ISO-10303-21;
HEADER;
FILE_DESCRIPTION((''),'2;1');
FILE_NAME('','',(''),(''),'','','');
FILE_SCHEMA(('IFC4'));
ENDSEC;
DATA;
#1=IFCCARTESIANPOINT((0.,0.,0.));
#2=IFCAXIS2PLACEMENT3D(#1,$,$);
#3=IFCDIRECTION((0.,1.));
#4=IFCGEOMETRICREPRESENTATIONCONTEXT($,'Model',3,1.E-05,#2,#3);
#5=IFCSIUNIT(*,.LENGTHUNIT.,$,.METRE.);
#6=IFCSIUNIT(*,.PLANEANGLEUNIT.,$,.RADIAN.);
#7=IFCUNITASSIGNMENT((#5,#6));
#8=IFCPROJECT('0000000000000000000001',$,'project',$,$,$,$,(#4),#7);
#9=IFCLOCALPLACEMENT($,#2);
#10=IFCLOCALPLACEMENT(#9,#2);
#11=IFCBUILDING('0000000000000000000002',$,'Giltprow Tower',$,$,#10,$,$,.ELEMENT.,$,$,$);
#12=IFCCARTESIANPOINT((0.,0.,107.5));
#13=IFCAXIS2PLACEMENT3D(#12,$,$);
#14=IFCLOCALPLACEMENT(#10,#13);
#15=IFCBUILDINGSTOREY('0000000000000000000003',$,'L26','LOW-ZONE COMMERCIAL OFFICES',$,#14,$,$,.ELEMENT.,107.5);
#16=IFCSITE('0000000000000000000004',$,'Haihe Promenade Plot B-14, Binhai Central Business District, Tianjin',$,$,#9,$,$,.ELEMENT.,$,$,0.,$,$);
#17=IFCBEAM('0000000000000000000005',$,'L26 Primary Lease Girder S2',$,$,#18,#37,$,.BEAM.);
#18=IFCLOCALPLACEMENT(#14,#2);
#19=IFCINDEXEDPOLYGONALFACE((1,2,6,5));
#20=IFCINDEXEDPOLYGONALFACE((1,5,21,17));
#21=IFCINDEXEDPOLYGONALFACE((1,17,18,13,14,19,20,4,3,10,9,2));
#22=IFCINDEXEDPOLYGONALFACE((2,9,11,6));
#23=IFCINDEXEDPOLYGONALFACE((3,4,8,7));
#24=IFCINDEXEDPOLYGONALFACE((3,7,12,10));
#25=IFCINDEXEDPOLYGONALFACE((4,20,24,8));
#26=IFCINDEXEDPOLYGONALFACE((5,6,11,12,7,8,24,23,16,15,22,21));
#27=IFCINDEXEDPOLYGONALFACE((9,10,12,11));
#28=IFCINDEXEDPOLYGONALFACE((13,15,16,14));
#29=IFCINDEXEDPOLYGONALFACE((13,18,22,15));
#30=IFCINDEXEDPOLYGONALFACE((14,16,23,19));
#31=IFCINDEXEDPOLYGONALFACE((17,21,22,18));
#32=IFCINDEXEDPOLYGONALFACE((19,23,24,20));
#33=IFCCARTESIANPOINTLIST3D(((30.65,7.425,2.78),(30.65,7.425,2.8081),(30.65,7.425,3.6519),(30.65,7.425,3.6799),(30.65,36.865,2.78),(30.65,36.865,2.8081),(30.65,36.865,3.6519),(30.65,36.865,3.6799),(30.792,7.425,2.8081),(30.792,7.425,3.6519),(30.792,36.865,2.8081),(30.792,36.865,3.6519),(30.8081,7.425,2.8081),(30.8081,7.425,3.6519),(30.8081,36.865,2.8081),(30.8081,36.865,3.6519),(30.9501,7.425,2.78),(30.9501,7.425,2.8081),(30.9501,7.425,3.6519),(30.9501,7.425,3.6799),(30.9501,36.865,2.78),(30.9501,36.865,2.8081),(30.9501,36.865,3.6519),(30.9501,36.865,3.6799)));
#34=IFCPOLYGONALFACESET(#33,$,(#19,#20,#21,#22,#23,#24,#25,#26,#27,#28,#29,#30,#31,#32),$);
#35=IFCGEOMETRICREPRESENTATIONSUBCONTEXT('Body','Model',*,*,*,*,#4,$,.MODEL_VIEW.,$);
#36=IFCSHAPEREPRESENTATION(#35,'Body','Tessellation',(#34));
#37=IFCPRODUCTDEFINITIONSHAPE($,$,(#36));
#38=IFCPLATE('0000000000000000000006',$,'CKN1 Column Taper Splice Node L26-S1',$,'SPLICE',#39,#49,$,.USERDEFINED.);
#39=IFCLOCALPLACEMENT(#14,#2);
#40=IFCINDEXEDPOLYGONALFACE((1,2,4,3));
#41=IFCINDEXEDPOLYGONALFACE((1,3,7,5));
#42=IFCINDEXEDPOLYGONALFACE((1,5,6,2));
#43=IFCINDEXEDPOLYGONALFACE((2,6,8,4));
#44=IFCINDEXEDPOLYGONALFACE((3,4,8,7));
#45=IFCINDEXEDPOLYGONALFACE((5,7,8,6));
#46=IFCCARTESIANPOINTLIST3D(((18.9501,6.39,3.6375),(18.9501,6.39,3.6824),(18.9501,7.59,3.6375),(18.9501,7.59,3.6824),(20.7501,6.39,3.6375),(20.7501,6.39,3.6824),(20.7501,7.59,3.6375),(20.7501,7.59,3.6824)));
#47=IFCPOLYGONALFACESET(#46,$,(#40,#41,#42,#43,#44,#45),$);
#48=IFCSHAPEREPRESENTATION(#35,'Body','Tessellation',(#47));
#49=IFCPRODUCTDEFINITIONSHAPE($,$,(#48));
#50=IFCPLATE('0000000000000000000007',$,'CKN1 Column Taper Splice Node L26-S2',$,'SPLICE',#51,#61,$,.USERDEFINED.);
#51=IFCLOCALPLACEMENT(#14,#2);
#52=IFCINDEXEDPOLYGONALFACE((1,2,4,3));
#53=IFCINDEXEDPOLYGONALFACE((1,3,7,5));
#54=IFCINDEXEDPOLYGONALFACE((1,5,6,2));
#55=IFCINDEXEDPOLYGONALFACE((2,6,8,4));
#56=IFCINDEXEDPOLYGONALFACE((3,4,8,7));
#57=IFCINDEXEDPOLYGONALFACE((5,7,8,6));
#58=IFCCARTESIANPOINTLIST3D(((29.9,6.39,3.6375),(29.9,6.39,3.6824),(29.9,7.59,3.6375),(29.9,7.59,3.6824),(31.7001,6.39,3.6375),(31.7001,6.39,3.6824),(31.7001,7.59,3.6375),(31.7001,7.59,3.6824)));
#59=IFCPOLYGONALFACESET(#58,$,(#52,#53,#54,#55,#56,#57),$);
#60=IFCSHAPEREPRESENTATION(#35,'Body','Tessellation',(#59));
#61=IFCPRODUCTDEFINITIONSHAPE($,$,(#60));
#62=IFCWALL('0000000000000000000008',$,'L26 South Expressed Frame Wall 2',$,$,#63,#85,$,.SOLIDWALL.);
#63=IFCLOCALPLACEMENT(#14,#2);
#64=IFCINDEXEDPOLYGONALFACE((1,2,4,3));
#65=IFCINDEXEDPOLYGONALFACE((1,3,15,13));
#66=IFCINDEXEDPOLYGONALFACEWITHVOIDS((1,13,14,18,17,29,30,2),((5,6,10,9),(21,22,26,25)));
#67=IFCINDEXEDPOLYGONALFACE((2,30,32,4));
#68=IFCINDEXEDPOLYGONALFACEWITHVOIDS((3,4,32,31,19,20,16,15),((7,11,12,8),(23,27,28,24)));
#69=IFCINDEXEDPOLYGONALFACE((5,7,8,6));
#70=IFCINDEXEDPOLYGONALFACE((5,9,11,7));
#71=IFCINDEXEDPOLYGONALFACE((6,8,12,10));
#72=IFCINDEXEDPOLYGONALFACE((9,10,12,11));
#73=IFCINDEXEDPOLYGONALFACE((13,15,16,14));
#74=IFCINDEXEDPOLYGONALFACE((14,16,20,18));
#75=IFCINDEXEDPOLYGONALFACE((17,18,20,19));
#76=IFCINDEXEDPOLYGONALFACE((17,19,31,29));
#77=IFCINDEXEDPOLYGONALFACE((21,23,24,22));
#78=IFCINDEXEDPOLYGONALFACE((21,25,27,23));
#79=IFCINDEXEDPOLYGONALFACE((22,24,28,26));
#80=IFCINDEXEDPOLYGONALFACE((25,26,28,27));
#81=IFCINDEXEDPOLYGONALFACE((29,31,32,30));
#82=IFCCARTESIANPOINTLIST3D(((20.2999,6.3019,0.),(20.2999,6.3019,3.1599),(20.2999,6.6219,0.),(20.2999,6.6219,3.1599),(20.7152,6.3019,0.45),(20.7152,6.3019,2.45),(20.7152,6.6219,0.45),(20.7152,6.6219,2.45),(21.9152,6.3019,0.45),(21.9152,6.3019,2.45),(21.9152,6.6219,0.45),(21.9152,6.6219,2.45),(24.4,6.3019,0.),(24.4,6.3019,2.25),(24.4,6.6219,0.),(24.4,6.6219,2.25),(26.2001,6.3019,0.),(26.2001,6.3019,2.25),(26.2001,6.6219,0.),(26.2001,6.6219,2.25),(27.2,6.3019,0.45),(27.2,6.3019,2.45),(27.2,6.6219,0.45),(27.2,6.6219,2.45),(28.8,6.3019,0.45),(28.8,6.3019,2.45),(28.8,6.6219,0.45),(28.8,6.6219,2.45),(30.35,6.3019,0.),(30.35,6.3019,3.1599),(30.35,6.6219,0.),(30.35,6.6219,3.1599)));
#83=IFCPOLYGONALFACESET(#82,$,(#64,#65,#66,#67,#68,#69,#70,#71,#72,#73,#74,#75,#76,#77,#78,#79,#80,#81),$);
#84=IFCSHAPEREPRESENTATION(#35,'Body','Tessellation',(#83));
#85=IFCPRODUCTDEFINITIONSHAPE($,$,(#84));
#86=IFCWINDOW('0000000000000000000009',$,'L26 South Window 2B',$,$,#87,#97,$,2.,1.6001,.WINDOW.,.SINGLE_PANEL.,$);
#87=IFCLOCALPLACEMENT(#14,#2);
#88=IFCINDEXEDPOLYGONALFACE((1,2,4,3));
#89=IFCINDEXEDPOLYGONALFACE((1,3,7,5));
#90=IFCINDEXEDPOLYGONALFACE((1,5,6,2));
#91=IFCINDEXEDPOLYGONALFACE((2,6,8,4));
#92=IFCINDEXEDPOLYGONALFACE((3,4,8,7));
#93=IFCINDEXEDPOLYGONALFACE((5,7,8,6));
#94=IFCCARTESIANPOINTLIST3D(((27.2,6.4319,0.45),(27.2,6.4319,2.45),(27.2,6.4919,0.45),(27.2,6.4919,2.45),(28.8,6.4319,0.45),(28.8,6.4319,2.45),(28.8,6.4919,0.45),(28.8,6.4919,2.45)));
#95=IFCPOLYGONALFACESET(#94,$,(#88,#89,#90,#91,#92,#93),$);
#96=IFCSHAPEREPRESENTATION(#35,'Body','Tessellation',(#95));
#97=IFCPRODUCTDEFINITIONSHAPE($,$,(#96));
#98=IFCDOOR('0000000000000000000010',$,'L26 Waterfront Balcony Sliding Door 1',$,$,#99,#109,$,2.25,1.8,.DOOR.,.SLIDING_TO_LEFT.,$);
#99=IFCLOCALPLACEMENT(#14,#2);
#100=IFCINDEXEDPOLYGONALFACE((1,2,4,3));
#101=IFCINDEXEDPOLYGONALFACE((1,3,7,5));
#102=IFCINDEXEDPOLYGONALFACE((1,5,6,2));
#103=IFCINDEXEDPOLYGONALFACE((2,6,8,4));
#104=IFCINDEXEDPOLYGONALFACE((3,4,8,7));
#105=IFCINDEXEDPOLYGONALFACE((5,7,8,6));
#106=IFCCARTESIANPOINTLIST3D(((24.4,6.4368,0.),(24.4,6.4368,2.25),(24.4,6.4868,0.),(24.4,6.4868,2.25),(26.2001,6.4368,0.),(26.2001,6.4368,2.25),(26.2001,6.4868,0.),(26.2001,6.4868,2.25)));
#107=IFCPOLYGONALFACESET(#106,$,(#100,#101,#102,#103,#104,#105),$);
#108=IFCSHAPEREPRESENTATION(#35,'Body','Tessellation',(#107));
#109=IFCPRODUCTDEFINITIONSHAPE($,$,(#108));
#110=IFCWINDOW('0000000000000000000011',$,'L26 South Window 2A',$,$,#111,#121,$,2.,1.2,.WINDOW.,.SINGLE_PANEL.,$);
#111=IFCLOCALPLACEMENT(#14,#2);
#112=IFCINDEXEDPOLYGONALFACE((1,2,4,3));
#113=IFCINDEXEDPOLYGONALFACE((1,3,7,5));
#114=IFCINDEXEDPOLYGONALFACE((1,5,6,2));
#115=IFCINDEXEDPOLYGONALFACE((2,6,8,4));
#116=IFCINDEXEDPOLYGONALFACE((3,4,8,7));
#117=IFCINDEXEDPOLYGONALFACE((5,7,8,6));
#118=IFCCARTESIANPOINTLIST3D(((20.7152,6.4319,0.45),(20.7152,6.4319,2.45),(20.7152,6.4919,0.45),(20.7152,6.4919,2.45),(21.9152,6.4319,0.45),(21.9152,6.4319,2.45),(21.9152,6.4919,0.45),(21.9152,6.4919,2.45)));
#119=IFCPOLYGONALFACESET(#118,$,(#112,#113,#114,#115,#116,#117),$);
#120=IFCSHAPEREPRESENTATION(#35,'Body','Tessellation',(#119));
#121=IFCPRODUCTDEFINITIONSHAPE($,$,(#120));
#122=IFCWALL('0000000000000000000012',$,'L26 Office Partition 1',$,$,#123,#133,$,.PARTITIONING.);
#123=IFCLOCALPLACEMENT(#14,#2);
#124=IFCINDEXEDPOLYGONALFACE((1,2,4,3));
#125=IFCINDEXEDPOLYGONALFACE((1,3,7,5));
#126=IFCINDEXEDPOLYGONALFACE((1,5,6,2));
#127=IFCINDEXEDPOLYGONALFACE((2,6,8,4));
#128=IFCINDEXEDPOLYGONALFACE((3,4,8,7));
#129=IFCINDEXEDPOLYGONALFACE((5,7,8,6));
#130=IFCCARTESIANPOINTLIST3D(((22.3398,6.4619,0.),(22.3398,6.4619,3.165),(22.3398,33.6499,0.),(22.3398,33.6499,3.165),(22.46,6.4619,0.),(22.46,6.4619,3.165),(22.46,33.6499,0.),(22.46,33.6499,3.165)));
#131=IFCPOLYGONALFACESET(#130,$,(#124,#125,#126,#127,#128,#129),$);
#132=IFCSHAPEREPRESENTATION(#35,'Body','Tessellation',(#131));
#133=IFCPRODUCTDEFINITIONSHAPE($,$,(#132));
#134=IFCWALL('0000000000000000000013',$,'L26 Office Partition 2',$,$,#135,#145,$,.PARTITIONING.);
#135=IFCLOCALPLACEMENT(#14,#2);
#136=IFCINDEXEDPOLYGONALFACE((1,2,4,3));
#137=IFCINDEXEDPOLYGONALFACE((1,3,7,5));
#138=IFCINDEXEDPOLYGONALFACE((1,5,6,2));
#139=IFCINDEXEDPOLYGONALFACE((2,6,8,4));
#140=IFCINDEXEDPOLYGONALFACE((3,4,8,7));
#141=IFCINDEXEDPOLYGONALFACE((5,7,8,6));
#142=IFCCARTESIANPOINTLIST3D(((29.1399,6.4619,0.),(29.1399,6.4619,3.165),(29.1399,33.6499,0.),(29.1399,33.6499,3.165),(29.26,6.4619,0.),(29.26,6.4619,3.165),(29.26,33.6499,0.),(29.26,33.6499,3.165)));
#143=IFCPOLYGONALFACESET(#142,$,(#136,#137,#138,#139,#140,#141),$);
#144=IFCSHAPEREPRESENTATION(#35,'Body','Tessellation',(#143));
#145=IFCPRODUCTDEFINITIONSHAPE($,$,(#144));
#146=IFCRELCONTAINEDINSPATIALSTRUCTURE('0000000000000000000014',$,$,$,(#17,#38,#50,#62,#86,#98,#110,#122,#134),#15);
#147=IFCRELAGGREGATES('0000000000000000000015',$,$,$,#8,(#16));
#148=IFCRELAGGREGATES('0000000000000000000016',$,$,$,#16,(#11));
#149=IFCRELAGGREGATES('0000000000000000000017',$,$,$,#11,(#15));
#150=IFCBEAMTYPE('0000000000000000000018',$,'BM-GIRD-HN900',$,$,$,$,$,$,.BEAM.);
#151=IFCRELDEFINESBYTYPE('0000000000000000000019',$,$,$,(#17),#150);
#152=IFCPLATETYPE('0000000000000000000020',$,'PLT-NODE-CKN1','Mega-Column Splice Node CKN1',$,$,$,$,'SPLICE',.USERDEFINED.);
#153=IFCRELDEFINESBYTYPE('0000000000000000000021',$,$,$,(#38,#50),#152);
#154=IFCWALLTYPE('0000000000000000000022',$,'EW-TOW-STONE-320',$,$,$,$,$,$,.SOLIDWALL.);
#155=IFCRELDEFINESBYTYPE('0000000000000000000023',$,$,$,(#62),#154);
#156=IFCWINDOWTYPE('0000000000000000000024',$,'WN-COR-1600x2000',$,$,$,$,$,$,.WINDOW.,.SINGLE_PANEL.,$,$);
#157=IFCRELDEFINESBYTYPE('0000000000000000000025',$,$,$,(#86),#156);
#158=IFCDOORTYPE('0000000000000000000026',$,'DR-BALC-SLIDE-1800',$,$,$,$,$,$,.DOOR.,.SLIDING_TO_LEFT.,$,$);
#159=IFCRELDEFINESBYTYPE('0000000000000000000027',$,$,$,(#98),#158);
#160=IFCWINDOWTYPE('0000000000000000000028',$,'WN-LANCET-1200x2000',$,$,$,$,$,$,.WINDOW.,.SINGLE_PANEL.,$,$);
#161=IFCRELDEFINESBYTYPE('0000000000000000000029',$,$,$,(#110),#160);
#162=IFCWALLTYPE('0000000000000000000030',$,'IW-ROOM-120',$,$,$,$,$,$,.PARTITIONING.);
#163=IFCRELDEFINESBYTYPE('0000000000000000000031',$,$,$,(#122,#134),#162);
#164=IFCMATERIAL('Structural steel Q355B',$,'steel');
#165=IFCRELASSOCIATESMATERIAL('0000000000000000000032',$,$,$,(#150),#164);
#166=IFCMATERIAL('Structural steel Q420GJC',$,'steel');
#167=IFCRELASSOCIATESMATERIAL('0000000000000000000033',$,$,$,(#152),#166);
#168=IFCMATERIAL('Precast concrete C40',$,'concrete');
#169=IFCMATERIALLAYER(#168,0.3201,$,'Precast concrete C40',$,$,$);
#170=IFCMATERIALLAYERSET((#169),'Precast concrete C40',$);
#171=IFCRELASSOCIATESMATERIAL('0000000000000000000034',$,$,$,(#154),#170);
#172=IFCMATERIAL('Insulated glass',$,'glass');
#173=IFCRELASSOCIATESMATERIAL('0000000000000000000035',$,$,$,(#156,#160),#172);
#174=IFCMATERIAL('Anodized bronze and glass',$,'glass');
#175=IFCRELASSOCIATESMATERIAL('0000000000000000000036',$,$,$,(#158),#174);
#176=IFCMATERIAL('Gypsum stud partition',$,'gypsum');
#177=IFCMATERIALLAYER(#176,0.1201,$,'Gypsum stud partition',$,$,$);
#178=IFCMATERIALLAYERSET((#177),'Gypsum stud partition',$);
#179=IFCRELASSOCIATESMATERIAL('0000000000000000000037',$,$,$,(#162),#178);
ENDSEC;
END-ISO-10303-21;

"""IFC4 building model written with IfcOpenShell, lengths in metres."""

from ifc_helpers import new_model, si_unit, direction, frame, frame_2d, origin, origin_2d, place, context, subcontext, project, spatial, rectangle, i_section, extrude, source, transform, mapped, material, layer, layer_set, material_profile, profile_set, type_object, element, fill, save


model = new_model("IFC4")

# Units and contexts
model_context = context("Model", 3, precision=1e-05, world=origin(), true_north=direction((0.0, 1.0)))
body_context = subcontext(model_context, "Body", "Model", "MODEL_VIEW")
ifc_project = project(units=[si_unit("LENGTHUNIT", "METRE"), si_unit("PLANEANGLEUNIT", "RADIAN")], contexts=[model_context])

# Site, building, storey
site_placement = place(None, origin())
site = spatial("IfcSite", under=ifc_project, at=site_placement, Name="Haihe Promenade Plot B-14, Binhai Central Business District, Tianjin", CompositionType="ELEMENT", RefElevation=0.0)
building_placement = place(site_placement, origin())
building = spatial("IfcBuilding", under=site, at=building_placement, Name="Giltprow Tower", CompositionType="ELEMENT")
storey_placement = place(building_placement, frame((0.0, 0.0, 107.5)))
storey = spatial("IfcBuildingStorey", under=building, at=storey_placement, Name="L26", Description="LOW-ZONE COMMERCIAL OFFICES", CompositionType="ELEMENT", Elevation=107.5)

# Shared definitions
ifc_material_1 = material(Name="Structural steel Q420GJC", Category="steel")

# Beam
ifc_material_2 = material(Name="Structural steel Q355B", Category="steel")
ifc_material_profile_1 = material_profile(ifc_material_2, i_section(OverallWidth=0.3, OverallDepth=0.8999, WebThickness=0.0161, FlangeThickness=0.0281, at=origin_2d()), Name="HN 900x300x16x28")
ifc_profile_set_1 = profile_set([ifc_material_profile_1], Name="Structural steel Q355B")
beam_type_1 = type_object("IfcBeamType", Name="BM-GIRD-HN900", PredefinedType="BEAM", material=ifc_profile_set_1)
shared_shape_1 = source(origin(), body_context, "Body", "SweptSolid", [
    extrude(i_section(OverallWidth=0.3, OverallDepth=0.8999, WebThickness=0.0161, FlangeThickness=0.0281, at=origin_2d()), origin(), (0.0, 0.0, 1.0), 29.4399),
])
for number, where, z_axis, x_axis, name in (
    (1, (30.8, 7.425, 3.23), (0.0, 1.0, 0.0), (-1.0, 0.0, 0.0), "L26 Primary Lease Girder S2"),
):
    element("IfcBeam", number, at=place(storey_placement, frame(where, z_axis=z_axis, x_axis=x_axis)), inside=storey, type_object=beam_type_1, Name=name, PredefinedType="BEAM", context=body_context, shape_type="MappedRepresentation", body=[
        mapped(shared_shape_1, transform((0.0, 0.0, 0.0), x_axis=(1.0, 0.0, 0.0), y_axis=(0.0, 1.0, 0.0), z_axis=(0.0, 0.0, 1.0), scale=1.0)),
    ])

# Plates
plate_type = type_object("IfcPlateType", Name="PLT-NODE-CKN1", Description="Mega-Column Splice Node CKN1", ElementType="SPLICE", PredefinedType="USERDEFINED", material=ifc_material_1)
shared_shape_2 = source(origin(), body_context, "Body", "SweptSolid", [
    extrude(rectangle(XDim=1.8, YDim=1.2, at=origin_2d()), origin(), (0.0, 0.0, 1.0), 0.0449),
])
for number, where, z_axis, x_axis, name in (
    (2, (19.8501, 6.99, 3.6375), (0.0, 0.0, 1.0), (1.0, 0.0, 0.0), "CKN1 Column Taper Splice Node L26-S1"),
    (3, (30.8, 6.99, 3.6375), (0.0, 0.0, 1.0), (1.0, 0.0, 0.0), "CKN1 Column Taper Splice Node L26-S2"),
):
    element("IfcPlate", number, at=place(storey_placement, frame(where, z_axis=z_axis, x_axis=x_axis)), inside=storey, type_object=plate_type, Name=name, ObjectType="SPLICE", PredefinedType="USERDEFINED", context=body_context, shape_type="MappedRepresentation", body=[
        mapped(shared_shape_2, transform((0.0, 0.0, 0.0), x_axis=(1.0, 0.0, 0.0), y_axis=(0.0, 1.0, 0.0), z_axis=(0.0, 0.0, 1.0), scale=1.0)),
    ])

# Wall, openings, windows, door
ifc_material_3 = material(Name="Precast concrete C40", Category="concrete")
ifc_layer_1 = layer(ifc_material_3, 0.3201, Name="Precast concrete C40")
ifc_layer_set_1 = layer_set([ifc_layer_1], Name="Precast concrete C40")
wall_type_1 = type_object("IfcWallType", Name="EW-TOW-STONE-320", PredefinedType="SOLIDWALL", material=ifc_layer_set_1)
wall_placement = place(storey_placement, frame((20.3, 6.4619, 0.0), z_axis=(0.0, 0.0, 1.0), x_axis=(1.0, 0.0, 0.0)))
wall = element("IfcWall", 4, at=wall_placement, inside=storey, type_object=wall_type_1, Name="L26 South Expressed Frame Wall 2", PredefinedType="SOLIDWALL", context=body_context, shape_type="SweptSolid", body=[
    extrude(rectangle(XDim=10.05, YDim=0.3201, at=frame_2d((5.0249, 0.0))), origin(), (0.0, 0.0, 1.0), 3.1599),
])
opening_1_placement = place(wall_placement, frame((4.1001, 0.0, 0.0)))
opening_1 = element("IfcOpeningElement", 5, at=opening_1_placement, cuts=wall, PredefinedType="OPENING", context=body_context, shape_type="SweptSolid", body=[
    extrude(rectangle(XDim=1.8, YDim=2.25, at=frame_2d((0.8999, 1.125))), frame((0.0, 0.1699, 0.0), z_axis=(0.0, -1.0, 0.0), x_axis=(1.0, 0.0, 0.0)), (0.0, 0.0, 1.0), 0.3401),
])
opening_2_placement = place(wall_placement, frame((0.415, 0.0, 0.45)))
opening_2 = element("IfcOpeningElement", 6, at=opening_2_placement, cuts=wall, PredefinedType="OPENING", context=body_context, shape_type="SweptSolid", body=[
    extrude(rectangle(XDim=1.2, YDim=2.0, at=frame_2d((0.6001, 1.0))), frame((0.0, 0.1699, 0.0), z_axis=(0.0, -1.0, 0.0), x_axis=(1.0, 0.0, 0.0)), (0.0, 0.0, 1.0), 0.3401),
])
opening_3_placement = place(wall_placement, frame((6.8999, 0.0, 0.45)))
opening_3 = element("IfcOpeningElement", 7, at=opening_3_placement, cuts=wall, PredefinedType="OPENING", context=body_context, shape_type="SweptSolid", body=[
    extrude(rectangle(XDim=1.6001, YDim=2.0, at=frame_2d((0.8, 1.0))), frame((0.0, 0.1699, 0.0), z_axis=(0.0, -1.0, 0.0), x_axis=(1.0, 0.0, 0.0)), (0.0, 0.0, 1.0), 0.3401),
])
ifc_material_4 = material(Name="Insulated glass", Category="glass")
window_type_1 = type_object("IfcWindowType", Name="WN-COR-1600x2000", PartitioningType="SINGLE_PANEL", PredefinedType="WINDOW", material=ifc_material_4)
shared_shape_3 = source(origin(), body_context, "Body", "SweptSolid", [
    extrude(rectangle(XDim=1.6001, YDim=2.0, at=frame_2d((0.8, 1.0))), frame((0.0, 0.03, 0.0), z_axis=(0.0, -1.0, 0.0), x_axis=(1.0, 0.0, 0.0)), (0.0, 0.0, 1.0), 0.0601),
])
window_1_placement = place(opening_3_placement, origin())
window_1 = element("IfcWindow", 8, at=window_1_placement, inside=storey, type_object=window_type_1, Name="L26 South Window 2B", OverallHeight=2.0, OverallWidth=1.6001, PartitioningType="SINGLE_PANEL", PredefinedType="WINDOW", context=body_context, shape_type="MappedRepresentation", body=[
    mapped(shared_shape_3, transform((0.0, 0.0, 0.0), x_axis=(1.0, 0.0, 0.0), y_axis=(0.0, 1.0, 0.0), z_axis=(0.0, 0.0, 1.0), scale=1.0)),
])
fill(opening_3, window_1)
ifc_material_5 = material(Name="Anodized bronze and glass", Category="glass")
door_type = type_object("IfcDoorType", Name="DR-BALC-SLIDE-1800", OperationType="SLIDING_TO_LEFT", PredefinedType="DOOR", material=ifc_material_5)
shared_shape_4 = source(origin(), body_context, "Body", "SweptSolid", [
    extrude(rectangle(XDim=1.8, YDim=2.25, at=frame_2d((0.8999, 1.125))), frame((0.0, 0.0249, 0.0), z_axis=(0.0, -1.0, 0.0), x_axis=(1.0, 0.0, 0.0)), (0.0, 0.0, 1.0), 0.05),
])
door_placement = place(opening_1_placement, origin())
door = element("IfcDoor", 9, at=door_placement, inside=storey, type_object=door_type, Name="L26 Waterfront Balcony Sliding Door 1", OperationType="SLIDING_TO_LEFT", OverallHeight=2.25, OverallWidth=1.8, PredefinedType="DOOR", context=body_context, shape_type="MappedRepresentation", body=[
    mapped(shared_shape_4, transform((0.0, 0.0, 0.0), x_axis=(1.0, 0.0, 0.0), y_axis=(0.0, 1.0, 0.0), z_axis=(0.0, 0.0, 1.0), scale=1.0)),
])
fill(opening_1, door)
window_type_2 = type_object("IfcWindowType", Name="WN-LANCET-1200x2000", PartitioningType="SINGLE_PANEL", PredefinedType="WINDOW", material=ifc_material_4)
shared_shape_5 = source(origin(), body_context, "Body", "SweptSolid", [
    extrude(rectangle(XDim=1.2, YDim=2.0, at=frame_2d((0.6001, 1.0))), frame((0.0, 0.03, 0.0), z_axis=(0.0, -1.0, 0.0), x_axis=(1.0, 0.0, 0.0)), (0.0, 0.0, 1.0), 0.0601),
])
window_2_placement = place(opening_2_placement, origin())
window_2 = element("IfcWindow", 10, at=window_2_placement, inside=storey, type_object=window_type_2, Name="L26 South Window 2A", OverallHeight=2.0, OverallWidth=1.2, PartitioningType="SINGLE_PANEL", PredefinedType="WINDOW", context=body_context, shape_type="MappedRepresentation", body=[
    mapped(shared_shape_5, transform((0.0, 0.0, 0.0), x_axis=(1.0, 0.0, 0.0), y_axis=(0.0, 1.0, 0.0), z_axis=(0.0, 0.0, 1.0), scale=1.0)),
])
fill(opening_2, window_2)

# Walls
ifc_material_6 = material(Name="Gypsum stud partition", Category="gypsum")
ifc_layer_2 = layer(ifc_material_6, 0.1201, Name="Gypsum stud partition")
ifc_layer_set_2 = layer_set([ifc_layer_2], Name="Gypsum stud partition")
wall_type_2 = type_object("IfcWallType", Name="IW-ROOM-120", PredefinedType="PARTITIONING", material=ifc_layer_set_2)
for number, where, z_axis, x_axis, name in (
    (11, (22.3999, 6.4619, 0.0), (0.0, 0.0, 1.0), (0.0, 1.0, 0.0), "L26 Office Partition 1"),
    (12, (29.2, 6.4619, 0.0), (0.0, 0.0, 1.0), (0.0, 1.0, 0.0), "L26 Office Partition 2"),
):
    element("IfcWall", number, at=place(storey_placement, frame(where, z_axis=z_axis, x_axis=x_axis)), inside=storey, type_object=wall_type_2, Name=name, PredefinedType="PARTITIONING", context=body_context, shape_type="SweptSolid", body=[
        extrude(rectangle(XDim=27.188, YDim=0.1201, at=frame_2d((13.594, 0.0))), origin(), (0.0, 0.0, 1.0), 3.165),
    ])

save(model, "model.ifc")
